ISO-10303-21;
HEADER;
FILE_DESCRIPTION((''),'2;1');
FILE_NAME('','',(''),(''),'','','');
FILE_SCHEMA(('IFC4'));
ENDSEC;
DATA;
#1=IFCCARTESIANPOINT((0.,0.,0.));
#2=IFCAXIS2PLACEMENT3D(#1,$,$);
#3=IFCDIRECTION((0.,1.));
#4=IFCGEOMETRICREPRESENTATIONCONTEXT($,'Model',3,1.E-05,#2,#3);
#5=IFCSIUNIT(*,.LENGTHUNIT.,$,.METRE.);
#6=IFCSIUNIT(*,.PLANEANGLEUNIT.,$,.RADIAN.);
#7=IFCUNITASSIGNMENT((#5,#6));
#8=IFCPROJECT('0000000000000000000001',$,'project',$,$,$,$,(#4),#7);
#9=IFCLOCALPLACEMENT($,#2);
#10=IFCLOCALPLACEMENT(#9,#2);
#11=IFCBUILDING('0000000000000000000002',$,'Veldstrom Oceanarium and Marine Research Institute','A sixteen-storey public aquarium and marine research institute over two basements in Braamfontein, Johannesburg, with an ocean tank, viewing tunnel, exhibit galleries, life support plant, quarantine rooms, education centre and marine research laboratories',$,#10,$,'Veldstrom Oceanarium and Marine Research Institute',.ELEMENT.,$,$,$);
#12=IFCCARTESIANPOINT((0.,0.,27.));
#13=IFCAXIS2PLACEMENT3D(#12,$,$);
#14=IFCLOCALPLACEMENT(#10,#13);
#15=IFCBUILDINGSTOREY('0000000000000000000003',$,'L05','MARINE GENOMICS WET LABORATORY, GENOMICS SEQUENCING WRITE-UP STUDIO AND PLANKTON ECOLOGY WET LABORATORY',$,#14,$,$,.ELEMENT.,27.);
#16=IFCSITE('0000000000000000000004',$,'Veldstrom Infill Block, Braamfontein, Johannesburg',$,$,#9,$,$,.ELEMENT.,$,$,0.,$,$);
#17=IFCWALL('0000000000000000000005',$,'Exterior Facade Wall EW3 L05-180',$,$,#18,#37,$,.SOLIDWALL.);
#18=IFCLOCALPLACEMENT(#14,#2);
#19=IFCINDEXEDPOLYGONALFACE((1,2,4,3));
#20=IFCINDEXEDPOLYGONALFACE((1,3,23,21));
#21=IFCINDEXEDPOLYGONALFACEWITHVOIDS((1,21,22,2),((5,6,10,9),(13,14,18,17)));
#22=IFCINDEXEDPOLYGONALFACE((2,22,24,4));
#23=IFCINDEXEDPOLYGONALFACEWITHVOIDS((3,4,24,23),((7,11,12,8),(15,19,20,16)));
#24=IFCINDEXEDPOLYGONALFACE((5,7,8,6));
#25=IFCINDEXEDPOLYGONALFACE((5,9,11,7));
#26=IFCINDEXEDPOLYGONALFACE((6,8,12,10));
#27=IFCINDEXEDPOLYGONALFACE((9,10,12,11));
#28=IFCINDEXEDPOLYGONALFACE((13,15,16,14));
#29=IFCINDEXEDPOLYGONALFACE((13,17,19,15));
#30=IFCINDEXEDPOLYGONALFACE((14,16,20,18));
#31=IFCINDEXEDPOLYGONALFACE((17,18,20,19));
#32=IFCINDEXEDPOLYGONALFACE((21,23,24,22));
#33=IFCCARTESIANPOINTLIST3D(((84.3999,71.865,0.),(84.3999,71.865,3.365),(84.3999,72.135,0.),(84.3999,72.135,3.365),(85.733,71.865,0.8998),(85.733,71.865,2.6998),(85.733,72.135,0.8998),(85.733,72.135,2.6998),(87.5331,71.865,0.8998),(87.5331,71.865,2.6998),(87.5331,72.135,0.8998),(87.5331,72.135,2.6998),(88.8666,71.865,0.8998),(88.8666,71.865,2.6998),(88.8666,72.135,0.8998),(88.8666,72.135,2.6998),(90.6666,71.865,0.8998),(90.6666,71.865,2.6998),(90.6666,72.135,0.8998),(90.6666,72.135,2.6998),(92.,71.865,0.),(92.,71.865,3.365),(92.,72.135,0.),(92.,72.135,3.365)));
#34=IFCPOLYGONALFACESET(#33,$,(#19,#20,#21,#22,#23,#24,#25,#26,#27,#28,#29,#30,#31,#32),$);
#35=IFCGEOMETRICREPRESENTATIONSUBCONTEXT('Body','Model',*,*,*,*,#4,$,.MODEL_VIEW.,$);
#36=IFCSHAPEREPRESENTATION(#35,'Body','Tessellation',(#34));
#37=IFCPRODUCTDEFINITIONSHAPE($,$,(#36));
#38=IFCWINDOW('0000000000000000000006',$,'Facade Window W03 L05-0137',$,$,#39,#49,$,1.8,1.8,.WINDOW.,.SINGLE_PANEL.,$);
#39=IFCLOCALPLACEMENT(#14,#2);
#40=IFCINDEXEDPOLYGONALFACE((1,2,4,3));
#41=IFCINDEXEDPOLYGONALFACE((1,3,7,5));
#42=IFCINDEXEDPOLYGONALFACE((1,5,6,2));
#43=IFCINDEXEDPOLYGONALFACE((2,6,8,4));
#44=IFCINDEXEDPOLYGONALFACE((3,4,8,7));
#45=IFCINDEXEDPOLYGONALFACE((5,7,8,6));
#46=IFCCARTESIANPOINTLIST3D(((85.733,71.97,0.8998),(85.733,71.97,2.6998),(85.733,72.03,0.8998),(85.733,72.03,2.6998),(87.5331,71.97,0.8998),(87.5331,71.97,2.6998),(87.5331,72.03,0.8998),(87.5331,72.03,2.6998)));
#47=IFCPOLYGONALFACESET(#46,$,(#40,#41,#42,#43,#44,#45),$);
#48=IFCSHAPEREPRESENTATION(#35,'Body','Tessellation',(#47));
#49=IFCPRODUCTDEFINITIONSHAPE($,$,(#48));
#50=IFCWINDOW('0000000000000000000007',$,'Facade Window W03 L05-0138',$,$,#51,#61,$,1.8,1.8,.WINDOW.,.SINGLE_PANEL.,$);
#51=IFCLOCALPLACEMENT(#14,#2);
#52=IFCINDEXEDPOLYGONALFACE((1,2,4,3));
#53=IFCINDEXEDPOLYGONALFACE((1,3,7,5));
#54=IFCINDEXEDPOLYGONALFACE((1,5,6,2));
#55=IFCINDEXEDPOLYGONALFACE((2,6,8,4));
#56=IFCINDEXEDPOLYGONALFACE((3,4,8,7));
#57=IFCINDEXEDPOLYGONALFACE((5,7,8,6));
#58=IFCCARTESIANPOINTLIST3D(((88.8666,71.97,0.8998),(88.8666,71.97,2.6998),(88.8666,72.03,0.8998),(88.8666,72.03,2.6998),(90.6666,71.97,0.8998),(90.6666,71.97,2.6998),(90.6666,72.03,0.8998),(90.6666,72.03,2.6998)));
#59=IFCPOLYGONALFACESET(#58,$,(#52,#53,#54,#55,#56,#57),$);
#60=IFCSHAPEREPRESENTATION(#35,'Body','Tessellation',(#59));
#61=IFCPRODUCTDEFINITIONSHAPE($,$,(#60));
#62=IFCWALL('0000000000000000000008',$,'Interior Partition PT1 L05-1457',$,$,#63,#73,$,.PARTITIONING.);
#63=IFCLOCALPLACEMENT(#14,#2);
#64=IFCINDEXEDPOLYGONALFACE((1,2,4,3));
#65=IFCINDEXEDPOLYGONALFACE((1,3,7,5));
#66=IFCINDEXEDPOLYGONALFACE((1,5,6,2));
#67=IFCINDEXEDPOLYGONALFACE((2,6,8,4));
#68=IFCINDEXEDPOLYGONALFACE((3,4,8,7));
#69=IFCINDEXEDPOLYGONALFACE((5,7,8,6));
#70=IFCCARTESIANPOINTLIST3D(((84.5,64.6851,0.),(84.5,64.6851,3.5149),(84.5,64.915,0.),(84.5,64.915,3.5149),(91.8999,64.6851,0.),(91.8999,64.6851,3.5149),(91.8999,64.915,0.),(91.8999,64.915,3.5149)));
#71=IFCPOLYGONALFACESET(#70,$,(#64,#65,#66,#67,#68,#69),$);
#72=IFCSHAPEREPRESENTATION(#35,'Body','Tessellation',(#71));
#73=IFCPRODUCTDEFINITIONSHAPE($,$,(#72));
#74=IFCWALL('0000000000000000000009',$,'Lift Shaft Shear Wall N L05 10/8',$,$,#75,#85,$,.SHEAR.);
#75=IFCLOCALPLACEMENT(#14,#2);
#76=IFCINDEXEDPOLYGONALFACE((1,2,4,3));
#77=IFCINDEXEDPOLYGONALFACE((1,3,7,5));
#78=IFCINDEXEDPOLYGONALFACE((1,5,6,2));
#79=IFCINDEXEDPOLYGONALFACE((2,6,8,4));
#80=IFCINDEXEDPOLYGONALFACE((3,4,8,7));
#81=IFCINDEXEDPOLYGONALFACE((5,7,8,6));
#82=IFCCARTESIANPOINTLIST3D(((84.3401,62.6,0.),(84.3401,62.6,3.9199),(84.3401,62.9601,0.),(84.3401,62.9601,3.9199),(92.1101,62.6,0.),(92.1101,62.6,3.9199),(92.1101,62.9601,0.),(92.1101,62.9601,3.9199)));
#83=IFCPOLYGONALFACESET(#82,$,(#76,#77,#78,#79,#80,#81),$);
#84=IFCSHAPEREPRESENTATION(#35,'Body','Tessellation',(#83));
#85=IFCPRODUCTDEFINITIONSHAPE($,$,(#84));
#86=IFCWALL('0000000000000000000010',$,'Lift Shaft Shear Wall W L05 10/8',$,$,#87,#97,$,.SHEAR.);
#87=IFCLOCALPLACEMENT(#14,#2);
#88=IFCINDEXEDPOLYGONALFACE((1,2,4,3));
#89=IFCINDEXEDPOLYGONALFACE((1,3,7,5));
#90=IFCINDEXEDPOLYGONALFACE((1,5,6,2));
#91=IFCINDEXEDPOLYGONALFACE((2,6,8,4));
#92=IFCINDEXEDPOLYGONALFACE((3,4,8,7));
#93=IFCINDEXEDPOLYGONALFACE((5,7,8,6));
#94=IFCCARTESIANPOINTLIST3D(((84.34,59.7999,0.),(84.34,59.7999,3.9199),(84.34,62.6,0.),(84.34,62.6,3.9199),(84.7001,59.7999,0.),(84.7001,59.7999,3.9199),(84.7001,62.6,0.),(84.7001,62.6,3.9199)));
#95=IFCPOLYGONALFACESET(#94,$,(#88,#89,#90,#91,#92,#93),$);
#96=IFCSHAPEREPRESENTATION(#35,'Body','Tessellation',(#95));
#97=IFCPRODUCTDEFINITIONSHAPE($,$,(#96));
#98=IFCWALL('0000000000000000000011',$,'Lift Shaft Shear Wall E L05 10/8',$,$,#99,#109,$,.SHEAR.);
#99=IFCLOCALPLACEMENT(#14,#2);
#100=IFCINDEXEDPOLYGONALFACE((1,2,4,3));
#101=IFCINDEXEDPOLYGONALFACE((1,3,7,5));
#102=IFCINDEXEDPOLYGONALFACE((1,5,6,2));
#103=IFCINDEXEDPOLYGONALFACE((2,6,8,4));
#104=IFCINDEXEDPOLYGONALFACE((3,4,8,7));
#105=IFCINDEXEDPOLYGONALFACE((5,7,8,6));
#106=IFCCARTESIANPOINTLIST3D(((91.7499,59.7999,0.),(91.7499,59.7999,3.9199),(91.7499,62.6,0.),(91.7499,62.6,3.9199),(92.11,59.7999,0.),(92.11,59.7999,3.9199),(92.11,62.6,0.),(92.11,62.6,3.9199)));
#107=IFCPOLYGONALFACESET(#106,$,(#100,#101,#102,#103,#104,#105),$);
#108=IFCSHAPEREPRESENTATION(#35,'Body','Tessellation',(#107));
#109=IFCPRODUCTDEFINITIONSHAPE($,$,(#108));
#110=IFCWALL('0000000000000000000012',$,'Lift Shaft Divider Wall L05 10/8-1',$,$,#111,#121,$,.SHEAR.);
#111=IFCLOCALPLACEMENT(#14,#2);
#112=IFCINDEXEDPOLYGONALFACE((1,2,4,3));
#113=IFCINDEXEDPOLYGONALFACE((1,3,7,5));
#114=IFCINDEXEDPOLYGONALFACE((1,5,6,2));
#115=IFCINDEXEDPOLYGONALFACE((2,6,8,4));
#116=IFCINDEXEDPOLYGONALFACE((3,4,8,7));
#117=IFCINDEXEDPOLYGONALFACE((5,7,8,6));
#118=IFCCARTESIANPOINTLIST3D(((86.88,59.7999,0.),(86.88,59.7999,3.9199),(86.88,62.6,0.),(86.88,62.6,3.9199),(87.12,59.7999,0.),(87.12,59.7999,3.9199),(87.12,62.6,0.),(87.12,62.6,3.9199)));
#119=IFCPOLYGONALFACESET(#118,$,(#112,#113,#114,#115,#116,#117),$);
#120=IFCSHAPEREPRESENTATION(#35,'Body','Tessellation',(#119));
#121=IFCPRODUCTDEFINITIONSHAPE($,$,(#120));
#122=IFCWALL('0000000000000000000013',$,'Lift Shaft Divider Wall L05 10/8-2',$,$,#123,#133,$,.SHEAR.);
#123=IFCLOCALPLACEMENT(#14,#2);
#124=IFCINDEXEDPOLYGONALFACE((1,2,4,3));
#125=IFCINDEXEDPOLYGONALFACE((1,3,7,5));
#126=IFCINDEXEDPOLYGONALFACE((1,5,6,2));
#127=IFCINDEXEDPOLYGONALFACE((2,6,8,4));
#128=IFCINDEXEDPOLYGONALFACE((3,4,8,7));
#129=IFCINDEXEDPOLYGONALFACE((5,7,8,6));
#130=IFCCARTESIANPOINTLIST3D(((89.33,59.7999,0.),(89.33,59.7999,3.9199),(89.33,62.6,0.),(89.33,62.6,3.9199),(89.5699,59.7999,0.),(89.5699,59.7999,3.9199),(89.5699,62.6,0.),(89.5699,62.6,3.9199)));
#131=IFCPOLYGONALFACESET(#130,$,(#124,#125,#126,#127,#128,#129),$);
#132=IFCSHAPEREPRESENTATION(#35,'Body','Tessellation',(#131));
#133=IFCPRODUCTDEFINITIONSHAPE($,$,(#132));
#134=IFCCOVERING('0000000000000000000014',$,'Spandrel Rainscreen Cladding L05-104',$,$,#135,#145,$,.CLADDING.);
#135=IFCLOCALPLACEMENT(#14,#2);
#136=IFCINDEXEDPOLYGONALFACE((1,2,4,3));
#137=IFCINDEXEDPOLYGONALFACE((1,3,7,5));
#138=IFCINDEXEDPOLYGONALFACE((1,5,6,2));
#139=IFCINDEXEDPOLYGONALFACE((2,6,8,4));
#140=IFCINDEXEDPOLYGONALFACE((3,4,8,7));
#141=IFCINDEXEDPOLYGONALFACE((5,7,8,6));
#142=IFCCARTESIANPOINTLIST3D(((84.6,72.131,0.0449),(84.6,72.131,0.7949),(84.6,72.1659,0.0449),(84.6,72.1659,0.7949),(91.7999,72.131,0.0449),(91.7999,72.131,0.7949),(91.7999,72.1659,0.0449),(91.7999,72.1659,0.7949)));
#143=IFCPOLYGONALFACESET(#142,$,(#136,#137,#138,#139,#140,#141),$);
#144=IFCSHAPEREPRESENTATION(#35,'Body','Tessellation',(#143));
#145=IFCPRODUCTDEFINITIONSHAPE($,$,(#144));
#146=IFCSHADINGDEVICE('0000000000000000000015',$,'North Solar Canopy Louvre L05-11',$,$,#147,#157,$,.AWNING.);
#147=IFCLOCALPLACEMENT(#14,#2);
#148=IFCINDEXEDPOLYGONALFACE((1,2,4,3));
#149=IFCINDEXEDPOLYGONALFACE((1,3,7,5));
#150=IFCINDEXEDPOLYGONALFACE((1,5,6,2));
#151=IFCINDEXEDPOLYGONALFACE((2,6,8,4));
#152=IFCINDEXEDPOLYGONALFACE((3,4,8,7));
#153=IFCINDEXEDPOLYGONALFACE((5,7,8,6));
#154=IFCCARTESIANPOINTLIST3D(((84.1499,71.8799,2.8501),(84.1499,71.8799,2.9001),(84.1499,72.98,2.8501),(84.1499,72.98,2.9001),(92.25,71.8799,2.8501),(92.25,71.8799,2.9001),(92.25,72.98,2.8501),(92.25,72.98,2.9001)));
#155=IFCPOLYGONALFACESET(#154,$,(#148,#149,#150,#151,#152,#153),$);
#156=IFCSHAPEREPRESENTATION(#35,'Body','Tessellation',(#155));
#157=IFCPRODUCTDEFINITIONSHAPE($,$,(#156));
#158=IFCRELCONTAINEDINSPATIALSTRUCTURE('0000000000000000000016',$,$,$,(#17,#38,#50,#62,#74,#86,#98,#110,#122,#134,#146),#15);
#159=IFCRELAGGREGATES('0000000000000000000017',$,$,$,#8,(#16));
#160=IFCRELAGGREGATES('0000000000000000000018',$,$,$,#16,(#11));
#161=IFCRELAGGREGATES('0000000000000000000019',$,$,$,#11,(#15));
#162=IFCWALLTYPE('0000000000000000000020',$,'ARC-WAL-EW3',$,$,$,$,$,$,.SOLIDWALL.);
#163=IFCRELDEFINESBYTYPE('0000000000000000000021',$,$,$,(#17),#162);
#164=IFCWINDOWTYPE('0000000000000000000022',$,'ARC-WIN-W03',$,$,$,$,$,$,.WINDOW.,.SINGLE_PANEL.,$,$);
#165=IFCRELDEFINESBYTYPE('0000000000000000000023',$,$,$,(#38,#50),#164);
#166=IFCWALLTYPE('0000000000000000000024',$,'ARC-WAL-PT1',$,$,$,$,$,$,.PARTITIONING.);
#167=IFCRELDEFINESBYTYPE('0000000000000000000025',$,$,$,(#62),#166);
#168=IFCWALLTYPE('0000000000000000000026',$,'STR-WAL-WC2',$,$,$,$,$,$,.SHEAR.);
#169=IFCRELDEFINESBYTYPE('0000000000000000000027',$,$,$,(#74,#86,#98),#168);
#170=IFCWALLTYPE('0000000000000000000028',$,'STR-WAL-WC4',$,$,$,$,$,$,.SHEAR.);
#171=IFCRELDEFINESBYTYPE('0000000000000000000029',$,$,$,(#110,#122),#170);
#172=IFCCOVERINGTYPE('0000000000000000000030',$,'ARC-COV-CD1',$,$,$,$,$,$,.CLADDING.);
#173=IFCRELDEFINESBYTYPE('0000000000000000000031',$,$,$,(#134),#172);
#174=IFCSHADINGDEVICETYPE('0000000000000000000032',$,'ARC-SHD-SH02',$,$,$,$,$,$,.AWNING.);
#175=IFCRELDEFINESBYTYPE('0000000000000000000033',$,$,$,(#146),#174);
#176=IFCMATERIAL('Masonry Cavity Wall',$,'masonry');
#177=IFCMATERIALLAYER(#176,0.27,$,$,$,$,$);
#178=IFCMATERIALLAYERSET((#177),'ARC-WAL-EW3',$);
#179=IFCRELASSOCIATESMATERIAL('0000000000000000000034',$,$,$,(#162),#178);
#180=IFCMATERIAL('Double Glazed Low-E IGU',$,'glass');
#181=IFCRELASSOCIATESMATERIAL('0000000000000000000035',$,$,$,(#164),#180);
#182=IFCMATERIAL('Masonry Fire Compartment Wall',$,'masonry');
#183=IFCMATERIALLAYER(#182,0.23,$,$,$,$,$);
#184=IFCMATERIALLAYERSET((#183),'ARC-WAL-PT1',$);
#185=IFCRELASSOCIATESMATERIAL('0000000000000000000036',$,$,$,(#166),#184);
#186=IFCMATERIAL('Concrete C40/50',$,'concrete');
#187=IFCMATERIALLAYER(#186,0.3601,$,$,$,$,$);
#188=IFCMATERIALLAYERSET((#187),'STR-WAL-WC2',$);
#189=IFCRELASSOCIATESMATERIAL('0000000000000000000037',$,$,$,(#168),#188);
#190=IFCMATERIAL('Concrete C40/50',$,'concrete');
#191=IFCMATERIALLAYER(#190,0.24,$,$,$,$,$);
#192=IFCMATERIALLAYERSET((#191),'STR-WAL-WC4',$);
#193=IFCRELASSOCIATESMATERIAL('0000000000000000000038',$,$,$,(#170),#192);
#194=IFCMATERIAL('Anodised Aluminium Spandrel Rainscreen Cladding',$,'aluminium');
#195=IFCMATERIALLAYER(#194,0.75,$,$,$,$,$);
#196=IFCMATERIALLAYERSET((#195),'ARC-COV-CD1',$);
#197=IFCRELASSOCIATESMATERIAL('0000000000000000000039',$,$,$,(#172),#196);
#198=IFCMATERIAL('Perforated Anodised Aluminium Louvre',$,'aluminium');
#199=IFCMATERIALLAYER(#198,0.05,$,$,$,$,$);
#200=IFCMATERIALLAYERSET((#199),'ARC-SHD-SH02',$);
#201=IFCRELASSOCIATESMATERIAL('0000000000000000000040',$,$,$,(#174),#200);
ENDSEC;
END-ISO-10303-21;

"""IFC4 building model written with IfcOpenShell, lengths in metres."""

from ifc_helpers import new_model, si_unit, direction, frame, frame_2d, origin, origin_2d, place, context, subcontext, project, spatial, rectangle, extrude, material, layer, layer_set, type_object, element, fill, save


model = new_model("IFC4")

# Units and contexts
model_context = context("Model", 3, precision=1e-05, world=origin(), true_north=direction((0.0, 1.0)))
body_context = subcontext(model_context, "Body", "Model", "MODEL_VIEW")
ifc_project = project(units=[si_unit("LENGTHUNIT", "METRE"), si_unit("PLANEANGLEUNIT", "RADIAN")], contexts=[model_context])

# Site, building, storey
site_placement = place(None, origin())
site = spatial("IfcSite", under=ifc_project, at=site_placement, Name="Veldstrom Infill Block, Braamfontein, Johannesburg", CompositionType="ELEMENT", RefElevation=0.0)
building_placement = place(site_placement, origin())
building = spatial("IfcBuilding", under=site, at=building_placement, Name="Veldstrom Oceanarium and Marine Research Institute", Description="A sixteen-storey public aquarium and marine research institute over two basements in Braamfontein, Johannesburg, with an ocean tank, viewing tunnel, exhibit galleries, life support plant, quarantine rooms, education centre and marine research laboratories", LongName="Veldstrom Oceanarium and Marine Research Institute", CompositionType="ELEMENT")
storey_placement = place(building_placement, frame((0.0, 0.0, 27.0)))
storey = spatial("IfcBuildingStorey", under=building, at=storey_placement, Name="L05", Description="MARINE GENOMICS WET LABORATORY, GENOMICS SEQUENCING WRITE-UP STUDIO AND PLANKTON ECOLOGY WET LABORATORY", CompositionType="ELEMENT", Elevation=27.0)

# Wall, openings, windows
ifc_material_1 = material(Name="Masonry Cavity Wall", Category="masonry")
ifc_layer_1 = layer(ifc_material_1, 0.27)
ifc_layer_set_1 = layer_set([ifc_layer_1], Name="ARC-WAL-EW3")
wall_type_1 = type_object("IfcWallType", Name="ARC-WAL-EW3", PredefinedType="SOLIDWALL", material=ifc_layer_set_1)
wall_1_placement = place(storey_placement, frame((84.3999, 72.0, 0.0), z_axis=(0.0, 0.0, 1.0), x_axis=(1.0, 0.0, 0.0)))
wall_1 = element("IfcWall", 1, at=wall_1_placement, inside=storey, type_object=wall_type_1, Name="Exterior Facade Wall EW3 L05-180", PredefinedType="SOLIDWALL", context=body_context, shape_type="SweptSolid", body=[
    extrude(rectangle(XDim=7.6001, YDim=0.27, at=frame_2d((3.8, 0.0))), origin(), (0.0, 0.0, 1.0), 3.365),
])
opening_1_placement = place(wall_1_placement, frame((1.3333, 0.0, 0.8999)))
opening_1 = element("IfcOpeningElement", 2, at=opening_1_placement, cuts=wall_1, PredefinedType="OPENING", context=body_context, shape_type="SweptSolid", body=[
    extrude(rectangle(XDim=1.8, YDim=1.8, at=frame_2d((0.8999, 0.8999))), frame((0.0, 0.145, 0.0), z_axis=(0.0, -1.0, 0.0), x_axis=(1.0, 0.0, 0.0)), (0.0, 0.0, 1.0), 0.29),
])
opening_2_placement = place(wall_1_placement, frame((4.4668, 0.0, 0.8999)))
opening_2 = element("IfcOpeningElement", 3, at=opening_2_placement, cuts=wall_1, PredefinedType="OPENING", context=body_context, shape_type="SweptSolid", body=[
    extrude(rectangle(XDim=1.8, YDim=1.8, at=frame_2d((0.8999, 0.8999))), frame((0.0, 0.145, 0.0), z_axis=(0.0, -1.0, 0.0), x_axis=(1.0, 0.0, 0.0)), (0.0, 0.0, 1.0), 0.29),
])
ifc_material_2 = material(Name="Double Glazed Low-E IGU", Category="glass")
window_type = type_object("IfcWindowType", Name="ARC-WIN-W03", PartitioningType="SINGLE_PANEL", PredefinedType="WINDOW", material=ifc_material_2)
window_1_placement = place(opening_1_placement, origin())
window_1 = element("IfcWindow", 4, at=window_1_placement, inside=storey, type_object=window_type, Name="Facade Window W03 L05-0137", OverallHeight=1.8, OverallWidth=1.8, PartitioningType="SINGLE_PANEL", PredefinedType="WINDOW", context=body_context, shape_type="SweptSolid", body=[
    extrude(rectangle(XDim=1.8, YDim=1.8, at=frame_2d((0.8999, 0.8999))), frame((0.0, 0.03, 0.0), z_axis=(0.0, -1.0, 0.0), x_axis=(1.0, 0.0, 0.0)), (0.0, 0.0, 1.0), 0.0601),
])
fill(opening_1, window_1)
window_2_placement = place(opening_2_placement, origin())
window_2 = element("IfcWindow", 5, at=window_2_placement, inside=storey, type_object=window_type, Name="Facade Window W03 L05-0138", OverallHeight=1.8, OverallWidth=1.8, PartitioningType="SINGLE_PANEL", PredefinedType="WINDOW", context=body_context, shape_type="SweptSolid", body=[
    extrude(rectangle(XDim=1.8, YDim=1.8, at=frame_2d((0.8999, 0.8999))), frame((0.0, 0.03, 0.0), z_axis=(0.0, -1.0, 0.0), x_axis=(1.0, 0.0, 0.0)), (0.0, 0.0, 1.0), 0.0601),
])
fill(opening_2, window_2)

# Shared definitions
ifc_material_3 = material(Name="Masonry Fire Compartment Wall", Category="masonry")
ifc_layer_2 = layer(ifc_material_3, 0.23)
ifc_layer_set_2 = layer_set([ifc_layer_2], Name="ARC-WAL-PT1")
wall_type_2 = type_object("IfcWallType", Name="ARC-WAL-PT1", PredefinedType="PARTITIONING", material=ifc_layer_set_2)

# Wall
wall_2_placement = place(storey_placement, frame((84.5, 64.8, 0.0), z_axis=(0.0, 0.0, 1.0), x_axis=(1.0, 0.0, 0.0)))
element("IfcWall", 6, at=wall_2_placement, inside=storey, type_object=wall_type_2, Name="Interior Partition PT1 L05-1457", PredefinedType="PARTITIONING", context=body_context, shape_type="SweptSolid", body=[
    extrude(rectangle(XDim=7.3999, YDim=0.23, at=frame_2d((3.7, 0.0))), origin(), (0.0, 0.0, 1.0), 3.5149),
])

# Wall
ifc_material_4 = material(Name="Concrete C40/50", Category="concrete")
ifc_layer_3 = layer(ifc_material_4, 0.3601)
ifc_layer_set_3 = layer_set([ifc_layer_3], Name="STR-WAL-WC2")
wall_type_3 = type_object("IfcWallType", Name="STR-WAL-WC2", PredefinedType="SHEAR", material=ifc_layer_set_3)
wall_3_placement = place(storey_placement, frame((84.3401, 62.78, 0.0), z_axis=(0.0, 0.0, 1.0), x_axis=(1.0, 0.0, 0.0)))
element("IfcWall", 7, at=wall_3_placement, inside=storey, type_object=wall_type_3, Name="Lift Shaft Shear Wall N L05 10/8", PredefinedType="SHEAR", context=body_context, shape_type="SweptSolid", body=[
    extrude(rectangle(XDim=7.77, YDim=0.3601, at=frame_2d((3.885, 0.0))), origin(), (0.0, 0.0, 1.0), 3.9199),
])

# Walls
for number, where, z_axis, x_axis, name in (
    (8, (84.52, 59.8, 0.0), (0.0, 0.0, 1.0), (0.0, 1.0, 0.0), "Lift Shaft Shear Wall W L05 10/8"),
    (9, (91.9299, 59.8, 0.0), (0.0, 0.0, 1.0), (0.0, 1.0, 0.0), "Lift Shaft Shear Wall E L05 10/8"),
):
    element("IfcWall", number, at=place(storey_placement, frame(where, z_axis=z_axis, x_axis=x_axis)), inside=storey, type_object=wall_type_3, Name=name, PredefinedType="SHEAR", context=body_context, shape_type="SweptSolid", body=[
        extrude(rectangle(XDim=2.8, YDim=0.3601, at=frame_2d((1.3999, 0.0))), origin(), (0.0, 0.0, 1.0), 3.9199),
    ])
ifc_material_5 = material(Name="Concrete C40/50", Category="concrete")
ifc_layer_4 = layer(ifc_material_5, 0.24)
ifc_layer_set_4 = layer_set([ifc_layer_4], Name="STR-WAL-WC4")
wall_type_4 = type_object("IfcWallType", Name="STR-WAL-WC4", PredefinedType="SHEAR", material=ifc_layer_set_4)
for number, where, z_axis, x_axis, name in (
    (10, (87.0, 59.8, 0.0), (0.0, 0.0, 1.0), (0.0, 1.0, 0.0), "Lift Shaft Divider Wall L05 10/8-1"),
    (11, (89.45, 59.8, 0.0), (0.0, 0.0, 1.0), (0.0, 1.0, 0.0), "Lift Shaft Divider Wall L05 10/8-2"),
):
    element("IfcWall", number, at=place(storey_placement, frame(where, z_axis=z_axis, x_axis=x_axis)), inside=storey, type_object=wall_type_4, Name=name, PredefinedType="SHEAR", context=body_context, shape_type="SweptSolid", body=[
        extrude(rectangle(XDim=2.8, YDim=0.24, at=frame_2d((1.3999, 0.0))), origin(), (0.0, 0.0, 1.0), 3.9199),
    ])

# Covering
ifc_material_6 = material(Name="Anodised Aluminium Spandrel Rainscreen Cladding", Category="aluminium")
ifc_layer_5 = layer(ifc_material_6, 0.75)
ifc_layer_set_5 = layer_set([ifc_layer_5], Name="ARC-COV-CD1")
covering_type = type_object("IfcCoveringType", Name="ARC-COV-CD1", PredefinedType="CLADDING", material=ifc_layer_set_5)
covering_placement = place(storey_placement, frame((88.2, 72.1484, 0.0449), z_axis=(0.0, 0.0, 1.0), x_axis=(1.0, 0.0, 0.0)))
element("IfcCovering", 12, at=covering_placement, inside=storey, type_object=covering_type, Name="Spandrel Rainscreen Cladding L05-104", PredefinedType="CLADDING", context=body_context, shape_type="SweptSolid", body=[
    extrude(rectangle(XDim=7.2, YDim=0.0349, at=origin_2d()), origin(), (0.0, 0.0, 1.0), 0.75),
])

# Shading device
ifc_material_7 = material(Name="Perforated Anodised Aluminium Louvre", Category="aluminium")
ifc_layer_6 = layer(ifc_material_7, 0.05)
ifc_layer_set_6 = layer_set([ifc_layer_6], Name="ARC-SHD-SH02")
shading_device_type = type_object("IfcShadingDeviceType", Name="ARC-SHD-SH02", PredefinedType="AWNING", material=ifc_layer_set_6)
shading_device_placement = place(storey_placement, frame((88.2, 72.4299, 2.8501), z_axis=(0.0, 0.0, 1.0), x_axis=(1.0, 0.0, 0.0)))
element("IfcShadingDevice", 13, at=shading_device_placement, inside=storey, type_object=shading_device_type, Name="North Solar Canopy Louvre L05-11", PredefinedType="AWNING", context=body_context, shape_type="SweptSolid", body=[
    extrude(rectangle(XDim=8.1001, YDim=1.1001, at=origin_2d()), origin(), (0.0, 0.0, 1.0), 0.05),
])

save(model, "model.ifc")
